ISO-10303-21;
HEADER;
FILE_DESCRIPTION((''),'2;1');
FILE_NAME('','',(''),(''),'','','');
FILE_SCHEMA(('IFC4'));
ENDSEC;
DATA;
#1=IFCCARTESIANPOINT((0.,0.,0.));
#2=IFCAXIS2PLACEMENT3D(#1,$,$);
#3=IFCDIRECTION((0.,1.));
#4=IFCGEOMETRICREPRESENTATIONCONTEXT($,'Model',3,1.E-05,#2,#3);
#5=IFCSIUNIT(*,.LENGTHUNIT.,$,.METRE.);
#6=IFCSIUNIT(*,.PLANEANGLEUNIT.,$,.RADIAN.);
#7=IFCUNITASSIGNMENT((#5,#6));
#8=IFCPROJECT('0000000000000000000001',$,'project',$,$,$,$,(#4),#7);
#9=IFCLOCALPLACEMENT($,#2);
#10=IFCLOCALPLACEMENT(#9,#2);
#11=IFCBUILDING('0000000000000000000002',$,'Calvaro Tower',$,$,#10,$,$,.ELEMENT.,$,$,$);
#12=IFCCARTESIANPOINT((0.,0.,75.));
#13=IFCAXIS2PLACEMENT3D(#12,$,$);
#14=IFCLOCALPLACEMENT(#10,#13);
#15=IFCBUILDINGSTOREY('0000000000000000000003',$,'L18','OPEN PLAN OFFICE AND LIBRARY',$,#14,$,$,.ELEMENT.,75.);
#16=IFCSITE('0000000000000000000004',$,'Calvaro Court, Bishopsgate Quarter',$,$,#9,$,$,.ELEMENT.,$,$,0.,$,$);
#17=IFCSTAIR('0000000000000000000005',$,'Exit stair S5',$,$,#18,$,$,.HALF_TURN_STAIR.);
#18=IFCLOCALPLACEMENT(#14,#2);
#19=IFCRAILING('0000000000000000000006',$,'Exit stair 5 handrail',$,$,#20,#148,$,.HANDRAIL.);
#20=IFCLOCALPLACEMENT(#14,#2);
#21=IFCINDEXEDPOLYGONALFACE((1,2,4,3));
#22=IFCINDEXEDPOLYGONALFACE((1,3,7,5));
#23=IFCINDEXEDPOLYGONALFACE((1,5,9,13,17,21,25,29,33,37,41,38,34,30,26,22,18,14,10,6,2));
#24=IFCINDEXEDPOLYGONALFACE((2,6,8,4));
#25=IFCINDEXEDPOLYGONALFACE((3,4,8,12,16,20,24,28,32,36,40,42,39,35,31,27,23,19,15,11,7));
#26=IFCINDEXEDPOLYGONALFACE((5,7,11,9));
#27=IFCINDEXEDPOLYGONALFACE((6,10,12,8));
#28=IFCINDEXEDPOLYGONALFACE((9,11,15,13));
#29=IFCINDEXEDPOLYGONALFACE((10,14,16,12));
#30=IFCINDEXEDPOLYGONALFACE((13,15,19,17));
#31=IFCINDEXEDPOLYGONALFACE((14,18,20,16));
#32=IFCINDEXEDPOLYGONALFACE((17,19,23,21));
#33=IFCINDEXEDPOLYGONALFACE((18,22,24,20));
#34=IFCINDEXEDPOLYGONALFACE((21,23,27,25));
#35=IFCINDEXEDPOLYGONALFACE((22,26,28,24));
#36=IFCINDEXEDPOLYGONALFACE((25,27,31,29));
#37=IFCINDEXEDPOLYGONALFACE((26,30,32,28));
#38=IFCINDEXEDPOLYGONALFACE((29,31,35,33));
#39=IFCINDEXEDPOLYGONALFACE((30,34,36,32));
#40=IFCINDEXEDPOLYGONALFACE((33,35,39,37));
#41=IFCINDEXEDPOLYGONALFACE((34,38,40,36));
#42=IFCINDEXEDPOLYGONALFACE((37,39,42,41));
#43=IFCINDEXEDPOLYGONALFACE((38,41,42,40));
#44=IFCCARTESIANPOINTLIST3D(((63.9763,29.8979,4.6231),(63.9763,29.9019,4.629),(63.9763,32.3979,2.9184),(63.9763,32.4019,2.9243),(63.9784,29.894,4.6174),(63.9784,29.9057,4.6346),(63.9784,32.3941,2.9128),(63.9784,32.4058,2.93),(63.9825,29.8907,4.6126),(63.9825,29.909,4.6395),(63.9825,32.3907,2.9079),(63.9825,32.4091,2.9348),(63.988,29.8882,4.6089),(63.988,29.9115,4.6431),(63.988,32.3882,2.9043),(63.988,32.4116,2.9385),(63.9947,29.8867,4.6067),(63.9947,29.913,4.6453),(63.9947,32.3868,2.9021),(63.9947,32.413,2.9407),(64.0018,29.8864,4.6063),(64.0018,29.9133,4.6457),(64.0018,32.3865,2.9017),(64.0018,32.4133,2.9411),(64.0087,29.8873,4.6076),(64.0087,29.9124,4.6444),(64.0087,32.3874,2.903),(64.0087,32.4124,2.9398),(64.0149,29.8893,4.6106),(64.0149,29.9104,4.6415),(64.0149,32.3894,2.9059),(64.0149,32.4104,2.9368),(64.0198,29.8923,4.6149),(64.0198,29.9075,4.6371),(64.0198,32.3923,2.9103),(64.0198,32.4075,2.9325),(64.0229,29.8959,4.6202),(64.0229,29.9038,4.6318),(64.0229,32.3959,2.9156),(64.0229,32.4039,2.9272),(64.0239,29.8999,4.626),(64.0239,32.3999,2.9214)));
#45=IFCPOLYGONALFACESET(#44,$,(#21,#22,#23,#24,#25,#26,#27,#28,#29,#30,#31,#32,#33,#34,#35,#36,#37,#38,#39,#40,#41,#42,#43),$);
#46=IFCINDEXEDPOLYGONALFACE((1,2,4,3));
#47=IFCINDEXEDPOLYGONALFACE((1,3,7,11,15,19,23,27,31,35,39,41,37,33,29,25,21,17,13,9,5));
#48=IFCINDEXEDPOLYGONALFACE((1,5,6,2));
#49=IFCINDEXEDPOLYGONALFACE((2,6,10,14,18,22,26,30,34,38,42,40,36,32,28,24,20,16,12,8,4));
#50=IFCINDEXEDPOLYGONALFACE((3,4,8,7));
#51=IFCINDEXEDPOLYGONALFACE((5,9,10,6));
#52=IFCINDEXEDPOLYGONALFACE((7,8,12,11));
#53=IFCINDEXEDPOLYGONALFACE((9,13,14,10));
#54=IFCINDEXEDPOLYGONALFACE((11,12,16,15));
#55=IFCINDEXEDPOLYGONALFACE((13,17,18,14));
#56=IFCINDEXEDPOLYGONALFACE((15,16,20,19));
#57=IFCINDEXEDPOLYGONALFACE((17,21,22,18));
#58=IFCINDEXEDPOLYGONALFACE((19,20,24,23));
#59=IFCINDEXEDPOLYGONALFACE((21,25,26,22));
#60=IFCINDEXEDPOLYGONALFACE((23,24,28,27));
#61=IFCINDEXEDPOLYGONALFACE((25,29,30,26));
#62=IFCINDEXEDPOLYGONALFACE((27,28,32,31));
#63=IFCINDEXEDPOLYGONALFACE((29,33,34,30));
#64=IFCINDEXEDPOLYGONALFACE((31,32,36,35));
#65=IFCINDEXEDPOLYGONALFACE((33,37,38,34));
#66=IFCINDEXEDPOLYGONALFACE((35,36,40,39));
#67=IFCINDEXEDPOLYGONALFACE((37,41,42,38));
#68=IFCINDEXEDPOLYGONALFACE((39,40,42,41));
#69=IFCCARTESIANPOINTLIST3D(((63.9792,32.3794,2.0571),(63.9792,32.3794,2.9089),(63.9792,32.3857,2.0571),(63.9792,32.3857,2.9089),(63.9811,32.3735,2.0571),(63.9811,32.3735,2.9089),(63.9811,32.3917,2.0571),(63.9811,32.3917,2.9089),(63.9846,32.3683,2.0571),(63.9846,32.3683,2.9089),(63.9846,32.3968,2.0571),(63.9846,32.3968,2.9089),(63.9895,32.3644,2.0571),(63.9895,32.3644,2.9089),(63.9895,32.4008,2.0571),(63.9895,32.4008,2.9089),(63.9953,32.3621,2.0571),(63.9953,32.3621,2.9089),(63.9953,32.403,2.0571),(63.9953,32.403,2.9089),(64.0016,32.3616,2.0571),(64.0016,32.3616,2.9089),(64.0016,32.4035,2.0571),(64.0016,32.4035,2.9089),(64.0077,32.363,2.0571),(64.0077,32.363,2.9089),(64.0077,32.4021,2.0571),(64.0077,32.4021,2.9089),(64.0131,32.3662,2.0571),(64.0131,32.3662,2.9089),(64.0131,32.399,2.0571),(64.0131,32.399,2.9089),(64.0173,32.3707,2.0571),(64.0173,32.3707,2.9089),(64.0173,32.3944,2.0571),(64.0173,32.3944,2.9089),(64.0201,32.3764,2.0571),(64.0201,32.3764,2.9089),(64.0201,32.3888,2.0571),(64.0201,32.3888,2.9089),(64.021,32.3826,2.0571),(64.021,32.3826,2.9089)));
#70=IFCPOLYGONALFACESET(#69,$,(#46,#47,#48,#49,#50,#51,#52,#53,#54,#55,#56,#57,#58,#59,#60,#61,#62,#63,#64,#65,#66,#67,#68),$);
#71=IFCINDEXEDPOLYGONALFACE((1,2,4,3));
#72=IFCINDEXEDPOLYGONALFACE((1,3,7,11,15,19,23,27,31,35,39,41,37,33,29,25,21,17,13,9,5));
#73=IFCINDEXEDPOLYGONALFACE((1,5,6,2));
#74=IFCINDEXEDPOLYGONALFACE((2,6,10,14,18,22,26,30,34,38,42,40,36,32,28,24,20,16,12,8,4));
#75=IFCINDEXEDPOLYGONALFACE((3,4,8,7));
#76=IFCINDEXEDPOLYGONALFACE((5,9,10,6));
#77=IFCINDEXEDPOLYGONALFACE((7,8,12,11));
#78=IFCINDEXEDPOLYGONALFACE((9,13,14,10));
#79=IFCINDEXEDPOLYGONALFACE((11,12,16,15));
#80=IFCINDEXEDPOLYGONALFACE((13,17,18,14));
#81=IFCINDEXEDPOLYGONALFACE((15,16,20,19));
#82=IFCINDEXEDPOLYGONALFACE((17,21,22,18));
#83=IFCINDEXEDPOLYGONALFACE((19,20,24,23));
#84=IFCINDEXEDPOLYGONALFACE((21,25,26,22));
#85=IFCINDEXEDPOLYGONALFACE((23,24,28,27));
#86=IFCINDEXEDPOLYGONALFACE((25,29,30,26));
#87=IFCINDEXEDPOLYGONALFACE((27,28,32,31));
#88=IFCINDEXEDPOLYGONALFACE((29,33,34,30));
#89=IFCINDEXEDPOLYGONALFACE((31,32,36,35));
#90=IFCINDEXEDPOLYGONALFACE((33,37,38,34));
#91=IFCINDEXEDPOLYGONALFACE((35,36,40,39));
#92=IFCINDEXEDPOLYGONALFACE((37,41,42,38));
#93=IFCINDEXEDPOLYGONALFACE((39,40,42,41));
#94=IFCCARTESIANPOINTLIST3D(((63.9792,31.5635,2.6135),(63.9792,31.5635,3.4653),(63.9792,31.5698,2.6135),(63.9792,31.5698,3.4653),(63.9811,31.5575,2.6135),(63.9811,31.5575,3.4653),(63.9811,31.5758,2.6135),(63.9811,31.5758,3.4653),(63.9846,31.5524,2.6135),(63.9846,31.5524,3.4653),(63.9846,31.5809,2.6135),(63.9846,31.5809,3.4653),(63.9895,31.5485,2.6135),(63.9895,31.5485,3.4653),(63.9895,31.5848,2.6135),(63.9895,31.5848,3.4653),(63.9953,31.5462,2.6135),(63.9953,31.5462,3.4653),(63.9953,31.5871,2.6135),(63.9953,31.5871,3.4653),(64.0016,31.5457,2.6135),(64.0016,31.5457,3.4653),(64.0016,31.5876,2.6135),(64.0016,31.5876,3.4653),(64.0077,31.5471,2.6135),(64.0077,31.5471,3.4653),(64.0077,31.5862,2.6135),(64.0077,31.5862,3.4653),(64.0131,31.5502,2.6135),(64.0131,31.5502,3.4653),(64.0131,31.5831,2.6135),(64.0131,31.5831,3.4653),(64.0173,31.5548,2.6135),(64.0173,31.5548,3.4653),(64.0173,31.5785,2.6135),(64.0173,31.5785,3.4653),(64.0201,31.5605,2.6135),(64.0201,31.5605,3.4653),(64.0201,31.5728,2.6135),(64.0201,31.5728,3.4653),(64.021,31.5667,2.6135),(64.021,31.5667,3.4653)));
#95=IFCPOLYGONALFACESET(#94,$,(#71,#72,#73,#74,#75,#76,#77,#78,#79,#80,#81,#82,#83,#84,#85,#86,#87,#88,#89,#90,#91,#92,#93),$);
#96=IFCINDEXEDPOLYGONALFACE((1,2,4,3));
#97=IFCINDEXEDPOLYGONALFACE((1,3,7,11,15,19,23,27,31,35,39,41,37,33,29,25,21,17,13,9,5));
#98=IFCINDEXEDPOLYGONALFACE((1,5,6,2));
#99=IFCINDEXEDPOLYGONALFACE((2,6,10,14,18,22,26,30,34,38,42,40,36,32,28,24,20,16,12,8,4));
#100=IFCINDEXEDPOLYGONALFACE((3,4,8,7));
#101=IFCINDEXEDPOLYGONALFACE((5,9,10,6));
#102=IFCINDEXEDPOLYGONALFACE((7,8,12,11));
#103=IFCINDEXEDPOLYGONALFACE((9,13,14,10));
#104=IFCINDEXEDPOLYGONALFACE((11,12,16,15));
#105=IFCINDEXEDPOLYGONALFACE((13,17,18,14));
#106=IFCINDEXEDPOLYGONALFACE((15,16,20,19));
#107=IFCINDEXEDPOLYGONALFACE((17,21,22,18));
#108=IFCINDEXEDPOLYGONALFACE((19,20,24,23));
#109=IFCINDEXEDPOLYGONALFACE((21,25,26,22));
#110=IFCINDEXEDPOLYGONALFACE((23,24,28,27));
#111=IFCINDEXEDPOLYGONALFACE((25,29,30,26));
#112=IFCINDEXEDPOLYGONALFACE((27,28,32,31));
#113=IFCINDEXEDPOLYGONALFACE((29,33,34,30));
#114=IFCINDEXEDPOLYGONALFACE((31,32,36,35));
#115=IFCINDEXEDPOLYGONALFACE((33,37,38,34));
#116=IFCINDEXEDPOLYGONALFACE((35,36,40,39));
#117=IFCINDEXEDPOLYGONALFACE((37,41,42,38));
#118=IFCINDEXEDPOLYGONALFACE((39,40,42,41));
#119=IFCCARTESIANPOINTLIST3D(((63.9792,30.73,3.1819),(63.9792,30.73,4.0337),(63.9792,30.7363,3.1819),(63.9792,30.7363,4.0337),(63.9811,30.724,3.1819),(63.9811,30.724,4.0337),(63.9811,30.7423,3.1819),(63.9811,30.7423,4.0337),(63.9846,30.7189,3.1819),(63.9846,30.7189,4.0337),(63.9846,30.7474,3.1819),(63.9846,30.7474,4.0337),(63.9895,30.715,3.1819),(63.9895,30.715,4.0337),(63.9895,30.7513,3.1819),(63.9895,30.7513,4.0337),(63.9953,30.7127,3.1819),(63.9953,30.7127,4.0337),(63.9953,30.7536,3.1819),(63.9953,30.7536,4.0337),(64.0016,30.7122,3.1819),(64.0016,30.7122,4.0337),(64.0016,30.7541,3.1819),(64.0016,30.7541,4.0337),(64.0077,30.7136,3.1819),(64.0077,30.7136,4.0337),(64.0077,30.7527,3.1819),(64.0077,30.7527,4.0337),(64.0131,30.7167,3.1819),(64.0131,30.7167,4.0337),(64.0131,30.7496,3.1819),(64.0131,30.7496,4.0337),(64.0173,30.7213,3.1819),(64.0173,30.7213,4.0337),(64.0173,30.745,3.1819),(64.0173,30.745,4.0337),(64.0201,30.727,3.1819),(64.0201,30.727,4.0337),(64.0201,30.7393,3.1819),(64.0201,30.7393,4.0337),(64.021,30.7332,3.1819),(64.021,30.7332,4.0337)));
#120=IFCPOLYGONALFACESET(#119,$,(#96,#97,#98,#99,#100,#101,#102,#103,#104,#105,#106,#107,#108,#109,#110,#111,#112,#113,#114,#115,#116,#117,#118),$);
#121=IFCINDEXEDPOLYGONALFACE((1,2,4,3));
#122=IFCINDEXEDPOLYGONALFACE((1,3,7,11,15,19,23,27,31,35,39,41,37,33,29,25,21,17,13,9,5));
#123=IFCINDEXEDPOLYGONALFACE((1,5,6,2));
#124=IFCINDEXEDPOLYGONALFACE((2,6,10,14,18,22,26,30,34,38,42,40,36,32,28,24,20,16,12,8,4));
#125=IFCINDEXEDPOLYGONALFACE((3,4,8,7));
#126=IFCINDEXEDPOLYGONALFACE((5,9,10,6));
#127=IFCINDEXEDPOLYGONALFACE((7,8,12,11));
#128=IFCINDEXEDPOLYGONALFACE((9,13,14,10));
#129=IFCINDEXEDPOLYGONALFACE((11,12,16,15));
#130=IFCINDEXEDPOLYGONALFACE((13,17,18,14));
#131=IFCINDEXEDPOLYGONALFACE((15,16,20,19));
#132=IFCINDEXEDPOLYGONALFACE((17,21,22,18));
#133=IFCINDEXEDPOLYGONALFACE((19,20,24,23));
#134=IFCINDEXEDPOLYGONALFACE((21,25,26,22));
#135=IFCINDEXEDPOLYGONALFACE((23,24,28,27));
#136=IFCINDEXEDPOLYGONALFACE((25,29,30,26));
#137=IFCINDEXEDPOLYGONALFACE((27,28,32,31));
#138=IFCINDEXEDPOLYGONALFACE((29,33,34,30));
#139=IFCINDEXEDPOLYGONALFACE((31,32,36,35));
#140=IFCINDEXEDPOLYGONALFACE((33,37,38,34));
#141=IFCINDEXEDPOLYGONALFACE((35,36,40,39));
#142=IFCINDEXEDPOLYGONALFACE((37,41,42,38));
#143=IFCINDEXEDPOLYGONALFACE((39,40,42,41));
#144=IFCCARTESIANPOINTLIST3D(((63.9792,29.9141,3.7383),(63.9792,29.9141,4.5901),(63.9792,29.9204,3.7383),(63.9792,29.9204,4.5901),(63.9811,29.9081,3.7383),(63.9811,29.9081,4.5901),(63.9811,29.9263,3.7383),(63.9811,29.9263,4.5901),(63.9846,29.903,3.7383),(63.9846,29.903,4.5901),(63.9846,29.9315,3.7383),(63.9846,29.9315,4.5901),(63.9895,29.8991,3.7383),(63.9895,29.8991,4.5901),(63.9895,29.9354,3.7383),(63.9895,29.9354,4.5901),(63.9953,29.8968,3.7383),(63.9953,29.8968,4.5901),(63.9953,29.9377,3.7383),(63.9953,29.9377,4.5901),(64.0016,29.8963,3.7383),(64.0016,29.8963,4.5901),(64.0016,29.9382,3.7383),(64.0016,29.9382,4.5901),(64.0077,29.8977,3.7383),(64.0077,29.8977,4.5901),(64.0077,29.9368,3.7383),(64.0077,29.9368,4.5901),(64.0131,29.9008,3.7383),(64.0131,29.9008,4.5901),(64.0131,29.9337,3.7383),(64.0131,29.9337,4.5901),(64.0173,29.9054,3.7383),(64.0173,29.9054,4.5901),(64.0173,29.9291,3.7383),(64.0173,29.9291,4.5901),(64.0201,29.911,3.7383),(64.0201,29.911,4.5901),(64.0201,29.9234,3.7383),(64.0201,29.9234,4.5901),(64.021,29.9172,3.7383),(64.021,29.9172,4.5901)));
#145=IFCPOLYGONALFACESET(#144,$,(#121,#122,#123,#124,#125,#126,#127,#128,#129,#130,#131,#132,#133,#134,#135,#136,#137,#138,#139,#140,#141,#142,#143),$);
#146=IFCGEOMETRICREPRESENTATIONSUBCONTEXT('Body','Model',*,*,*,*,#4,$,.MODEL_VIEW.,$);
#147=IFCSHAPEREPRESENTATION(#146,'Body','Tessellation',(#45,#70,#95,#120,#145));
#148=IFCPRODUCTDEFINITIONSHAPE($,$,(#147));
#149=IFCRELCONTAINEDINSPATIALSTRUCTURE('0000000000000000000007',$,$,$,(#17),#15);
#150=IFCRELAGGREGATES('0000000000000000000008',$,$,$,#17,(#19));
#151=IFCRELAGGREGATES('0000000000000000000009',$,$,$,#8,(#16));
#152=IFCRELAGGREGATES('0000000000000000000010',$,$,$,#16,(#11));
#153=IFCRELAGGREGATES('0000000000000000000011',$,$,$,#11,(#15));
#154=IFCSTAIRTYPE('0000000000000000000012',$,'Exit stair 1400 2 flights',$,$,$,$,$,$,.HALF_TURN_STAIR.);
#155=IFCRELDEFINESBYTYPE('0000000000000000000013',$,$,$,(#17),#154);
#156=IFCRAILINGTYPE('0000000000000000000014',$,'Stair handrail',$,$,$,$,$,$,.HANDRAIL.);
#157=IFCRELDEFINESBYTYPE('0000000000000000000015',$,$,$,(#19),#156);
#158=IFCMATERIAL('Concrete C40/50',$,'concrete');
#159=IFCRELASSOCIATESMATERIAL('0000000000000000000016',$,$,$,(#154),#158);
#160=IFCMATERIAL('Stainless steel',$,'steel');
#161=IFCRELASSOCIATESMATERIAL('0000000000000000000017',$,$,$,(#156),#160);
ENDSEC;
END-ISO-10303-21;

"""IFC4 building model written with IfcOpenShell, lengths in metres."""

from ifc_helpers import new_model, si_unit, direction, frame, origin, origin_2d, place, context, subcontext, project, spatial, circle, extrude, material, type_object, element, aggregate, save


model = new_model("IFC4")

# Units and contexts
model_context = context("Model", 3, precision=1e-05, world=origin(), true_north=direction((0.0, 1.0)))
body_context = subcontext(model_context, "Body", "Model", "MODEL_VIEW")
ifc_project = project(units=[si_unit("LENGTHUNIT", "METRE"), si_unit("PLANEANGLEUNIT", "RADIAN")], contexts=[model_context])

# Site, building, storey
site_placement = place(None, origin())
site = spatial("IfcSite", under=ifc_project, at=site_placement, Name="Calvaro Court, Bishopsgate Quarter", CompositionType="ELEMENT", RefElevation=0.0)
building_placement = place(site_placement, origin())
building = spatial("IfcBuilding", under=site, at=building_placement, Name="Calvaro Tower", CompositionType="ELEMENT")
storey_placement = place(building_placement, frame((0.0, 0.0, 75.0)))
storey = spatial("IfcBuildingStorey", under=building, at=storey_placement, Name="L18", Description="OPEN PLAN OFFICE AND LIBRARY", CompositionType="ELEMENT", Elevation=75.0)

# Stair
ifc_material_1 = material(Name="Concrete C40/50", Category="concrete")
stair_type = type_object("IfcStairType", Name="Exit stair 1400 2 flights", PredefinedType="HALF_TURN_STAIR", material=ifc_material_1)
stair_1_placement = place(storey_placement, origin())
stair_1 = element("IfcStair", 1, at=stair_1_placement, inside=storey, type_object=stair_type, Name="Exit stair S5", PredefinedType="HALF_TURN_STAIR")

# Shared definitions
ifc_material_2 = material(Name="Stainless steel", Category="steel")
railing_type = type_object("IfcRailingType", Name="Stair handrail", PredefinedType="HANDRAIL", material=ifc_material_2)

# Railing
railing_1_placement = place(storey_placement, frame((64.0, 32.3999, 2.0454)))
railing_1 = element("IfcRailing", 2, at=railing_1_placement, type_object=railing_type, Name="Exit stair 5 handrail", PredefinedType="HANDRAIL", context=body_context, shape_type="SweptSolid", body=[
    extrude(circle(Radius=0.0239, at=origin_2d()), frame((0.0, 0.0, 0.876), z_axis=(0.0, -0.826221, 0.563347), x_axis=(1.0, 0.0, 0.0)), (0.0, 0.0, 1.0), 3.0259),
    extrude(circle(Radius=0.021, at=origin_2d()), frame((0.0, -0.0173, 0.0117)), (0.0, 0.0, 1.0), 0.8518),
    extrude(circle(Radius=0.021, at=origin_2d()), frame((0.0, -0.8333, 0.5681)), (0.0, 0.0, 1.0), 0.8518),
    extrude(circle(Radius=0.021, at=origin_2d()), frame((0.0, -1.6667, 1.1365)), (0.0, 0.0, 1.0), 0.8518),
    extrude(circle(Radius=0.021, at=origin_2d()), frame((0.0, -2.4827, 1.6929)), (0.0, 0.0, 1.0), 0.8518),
])
aggregate(stair_1, [railing_1])

save(model, "model.ifc")
